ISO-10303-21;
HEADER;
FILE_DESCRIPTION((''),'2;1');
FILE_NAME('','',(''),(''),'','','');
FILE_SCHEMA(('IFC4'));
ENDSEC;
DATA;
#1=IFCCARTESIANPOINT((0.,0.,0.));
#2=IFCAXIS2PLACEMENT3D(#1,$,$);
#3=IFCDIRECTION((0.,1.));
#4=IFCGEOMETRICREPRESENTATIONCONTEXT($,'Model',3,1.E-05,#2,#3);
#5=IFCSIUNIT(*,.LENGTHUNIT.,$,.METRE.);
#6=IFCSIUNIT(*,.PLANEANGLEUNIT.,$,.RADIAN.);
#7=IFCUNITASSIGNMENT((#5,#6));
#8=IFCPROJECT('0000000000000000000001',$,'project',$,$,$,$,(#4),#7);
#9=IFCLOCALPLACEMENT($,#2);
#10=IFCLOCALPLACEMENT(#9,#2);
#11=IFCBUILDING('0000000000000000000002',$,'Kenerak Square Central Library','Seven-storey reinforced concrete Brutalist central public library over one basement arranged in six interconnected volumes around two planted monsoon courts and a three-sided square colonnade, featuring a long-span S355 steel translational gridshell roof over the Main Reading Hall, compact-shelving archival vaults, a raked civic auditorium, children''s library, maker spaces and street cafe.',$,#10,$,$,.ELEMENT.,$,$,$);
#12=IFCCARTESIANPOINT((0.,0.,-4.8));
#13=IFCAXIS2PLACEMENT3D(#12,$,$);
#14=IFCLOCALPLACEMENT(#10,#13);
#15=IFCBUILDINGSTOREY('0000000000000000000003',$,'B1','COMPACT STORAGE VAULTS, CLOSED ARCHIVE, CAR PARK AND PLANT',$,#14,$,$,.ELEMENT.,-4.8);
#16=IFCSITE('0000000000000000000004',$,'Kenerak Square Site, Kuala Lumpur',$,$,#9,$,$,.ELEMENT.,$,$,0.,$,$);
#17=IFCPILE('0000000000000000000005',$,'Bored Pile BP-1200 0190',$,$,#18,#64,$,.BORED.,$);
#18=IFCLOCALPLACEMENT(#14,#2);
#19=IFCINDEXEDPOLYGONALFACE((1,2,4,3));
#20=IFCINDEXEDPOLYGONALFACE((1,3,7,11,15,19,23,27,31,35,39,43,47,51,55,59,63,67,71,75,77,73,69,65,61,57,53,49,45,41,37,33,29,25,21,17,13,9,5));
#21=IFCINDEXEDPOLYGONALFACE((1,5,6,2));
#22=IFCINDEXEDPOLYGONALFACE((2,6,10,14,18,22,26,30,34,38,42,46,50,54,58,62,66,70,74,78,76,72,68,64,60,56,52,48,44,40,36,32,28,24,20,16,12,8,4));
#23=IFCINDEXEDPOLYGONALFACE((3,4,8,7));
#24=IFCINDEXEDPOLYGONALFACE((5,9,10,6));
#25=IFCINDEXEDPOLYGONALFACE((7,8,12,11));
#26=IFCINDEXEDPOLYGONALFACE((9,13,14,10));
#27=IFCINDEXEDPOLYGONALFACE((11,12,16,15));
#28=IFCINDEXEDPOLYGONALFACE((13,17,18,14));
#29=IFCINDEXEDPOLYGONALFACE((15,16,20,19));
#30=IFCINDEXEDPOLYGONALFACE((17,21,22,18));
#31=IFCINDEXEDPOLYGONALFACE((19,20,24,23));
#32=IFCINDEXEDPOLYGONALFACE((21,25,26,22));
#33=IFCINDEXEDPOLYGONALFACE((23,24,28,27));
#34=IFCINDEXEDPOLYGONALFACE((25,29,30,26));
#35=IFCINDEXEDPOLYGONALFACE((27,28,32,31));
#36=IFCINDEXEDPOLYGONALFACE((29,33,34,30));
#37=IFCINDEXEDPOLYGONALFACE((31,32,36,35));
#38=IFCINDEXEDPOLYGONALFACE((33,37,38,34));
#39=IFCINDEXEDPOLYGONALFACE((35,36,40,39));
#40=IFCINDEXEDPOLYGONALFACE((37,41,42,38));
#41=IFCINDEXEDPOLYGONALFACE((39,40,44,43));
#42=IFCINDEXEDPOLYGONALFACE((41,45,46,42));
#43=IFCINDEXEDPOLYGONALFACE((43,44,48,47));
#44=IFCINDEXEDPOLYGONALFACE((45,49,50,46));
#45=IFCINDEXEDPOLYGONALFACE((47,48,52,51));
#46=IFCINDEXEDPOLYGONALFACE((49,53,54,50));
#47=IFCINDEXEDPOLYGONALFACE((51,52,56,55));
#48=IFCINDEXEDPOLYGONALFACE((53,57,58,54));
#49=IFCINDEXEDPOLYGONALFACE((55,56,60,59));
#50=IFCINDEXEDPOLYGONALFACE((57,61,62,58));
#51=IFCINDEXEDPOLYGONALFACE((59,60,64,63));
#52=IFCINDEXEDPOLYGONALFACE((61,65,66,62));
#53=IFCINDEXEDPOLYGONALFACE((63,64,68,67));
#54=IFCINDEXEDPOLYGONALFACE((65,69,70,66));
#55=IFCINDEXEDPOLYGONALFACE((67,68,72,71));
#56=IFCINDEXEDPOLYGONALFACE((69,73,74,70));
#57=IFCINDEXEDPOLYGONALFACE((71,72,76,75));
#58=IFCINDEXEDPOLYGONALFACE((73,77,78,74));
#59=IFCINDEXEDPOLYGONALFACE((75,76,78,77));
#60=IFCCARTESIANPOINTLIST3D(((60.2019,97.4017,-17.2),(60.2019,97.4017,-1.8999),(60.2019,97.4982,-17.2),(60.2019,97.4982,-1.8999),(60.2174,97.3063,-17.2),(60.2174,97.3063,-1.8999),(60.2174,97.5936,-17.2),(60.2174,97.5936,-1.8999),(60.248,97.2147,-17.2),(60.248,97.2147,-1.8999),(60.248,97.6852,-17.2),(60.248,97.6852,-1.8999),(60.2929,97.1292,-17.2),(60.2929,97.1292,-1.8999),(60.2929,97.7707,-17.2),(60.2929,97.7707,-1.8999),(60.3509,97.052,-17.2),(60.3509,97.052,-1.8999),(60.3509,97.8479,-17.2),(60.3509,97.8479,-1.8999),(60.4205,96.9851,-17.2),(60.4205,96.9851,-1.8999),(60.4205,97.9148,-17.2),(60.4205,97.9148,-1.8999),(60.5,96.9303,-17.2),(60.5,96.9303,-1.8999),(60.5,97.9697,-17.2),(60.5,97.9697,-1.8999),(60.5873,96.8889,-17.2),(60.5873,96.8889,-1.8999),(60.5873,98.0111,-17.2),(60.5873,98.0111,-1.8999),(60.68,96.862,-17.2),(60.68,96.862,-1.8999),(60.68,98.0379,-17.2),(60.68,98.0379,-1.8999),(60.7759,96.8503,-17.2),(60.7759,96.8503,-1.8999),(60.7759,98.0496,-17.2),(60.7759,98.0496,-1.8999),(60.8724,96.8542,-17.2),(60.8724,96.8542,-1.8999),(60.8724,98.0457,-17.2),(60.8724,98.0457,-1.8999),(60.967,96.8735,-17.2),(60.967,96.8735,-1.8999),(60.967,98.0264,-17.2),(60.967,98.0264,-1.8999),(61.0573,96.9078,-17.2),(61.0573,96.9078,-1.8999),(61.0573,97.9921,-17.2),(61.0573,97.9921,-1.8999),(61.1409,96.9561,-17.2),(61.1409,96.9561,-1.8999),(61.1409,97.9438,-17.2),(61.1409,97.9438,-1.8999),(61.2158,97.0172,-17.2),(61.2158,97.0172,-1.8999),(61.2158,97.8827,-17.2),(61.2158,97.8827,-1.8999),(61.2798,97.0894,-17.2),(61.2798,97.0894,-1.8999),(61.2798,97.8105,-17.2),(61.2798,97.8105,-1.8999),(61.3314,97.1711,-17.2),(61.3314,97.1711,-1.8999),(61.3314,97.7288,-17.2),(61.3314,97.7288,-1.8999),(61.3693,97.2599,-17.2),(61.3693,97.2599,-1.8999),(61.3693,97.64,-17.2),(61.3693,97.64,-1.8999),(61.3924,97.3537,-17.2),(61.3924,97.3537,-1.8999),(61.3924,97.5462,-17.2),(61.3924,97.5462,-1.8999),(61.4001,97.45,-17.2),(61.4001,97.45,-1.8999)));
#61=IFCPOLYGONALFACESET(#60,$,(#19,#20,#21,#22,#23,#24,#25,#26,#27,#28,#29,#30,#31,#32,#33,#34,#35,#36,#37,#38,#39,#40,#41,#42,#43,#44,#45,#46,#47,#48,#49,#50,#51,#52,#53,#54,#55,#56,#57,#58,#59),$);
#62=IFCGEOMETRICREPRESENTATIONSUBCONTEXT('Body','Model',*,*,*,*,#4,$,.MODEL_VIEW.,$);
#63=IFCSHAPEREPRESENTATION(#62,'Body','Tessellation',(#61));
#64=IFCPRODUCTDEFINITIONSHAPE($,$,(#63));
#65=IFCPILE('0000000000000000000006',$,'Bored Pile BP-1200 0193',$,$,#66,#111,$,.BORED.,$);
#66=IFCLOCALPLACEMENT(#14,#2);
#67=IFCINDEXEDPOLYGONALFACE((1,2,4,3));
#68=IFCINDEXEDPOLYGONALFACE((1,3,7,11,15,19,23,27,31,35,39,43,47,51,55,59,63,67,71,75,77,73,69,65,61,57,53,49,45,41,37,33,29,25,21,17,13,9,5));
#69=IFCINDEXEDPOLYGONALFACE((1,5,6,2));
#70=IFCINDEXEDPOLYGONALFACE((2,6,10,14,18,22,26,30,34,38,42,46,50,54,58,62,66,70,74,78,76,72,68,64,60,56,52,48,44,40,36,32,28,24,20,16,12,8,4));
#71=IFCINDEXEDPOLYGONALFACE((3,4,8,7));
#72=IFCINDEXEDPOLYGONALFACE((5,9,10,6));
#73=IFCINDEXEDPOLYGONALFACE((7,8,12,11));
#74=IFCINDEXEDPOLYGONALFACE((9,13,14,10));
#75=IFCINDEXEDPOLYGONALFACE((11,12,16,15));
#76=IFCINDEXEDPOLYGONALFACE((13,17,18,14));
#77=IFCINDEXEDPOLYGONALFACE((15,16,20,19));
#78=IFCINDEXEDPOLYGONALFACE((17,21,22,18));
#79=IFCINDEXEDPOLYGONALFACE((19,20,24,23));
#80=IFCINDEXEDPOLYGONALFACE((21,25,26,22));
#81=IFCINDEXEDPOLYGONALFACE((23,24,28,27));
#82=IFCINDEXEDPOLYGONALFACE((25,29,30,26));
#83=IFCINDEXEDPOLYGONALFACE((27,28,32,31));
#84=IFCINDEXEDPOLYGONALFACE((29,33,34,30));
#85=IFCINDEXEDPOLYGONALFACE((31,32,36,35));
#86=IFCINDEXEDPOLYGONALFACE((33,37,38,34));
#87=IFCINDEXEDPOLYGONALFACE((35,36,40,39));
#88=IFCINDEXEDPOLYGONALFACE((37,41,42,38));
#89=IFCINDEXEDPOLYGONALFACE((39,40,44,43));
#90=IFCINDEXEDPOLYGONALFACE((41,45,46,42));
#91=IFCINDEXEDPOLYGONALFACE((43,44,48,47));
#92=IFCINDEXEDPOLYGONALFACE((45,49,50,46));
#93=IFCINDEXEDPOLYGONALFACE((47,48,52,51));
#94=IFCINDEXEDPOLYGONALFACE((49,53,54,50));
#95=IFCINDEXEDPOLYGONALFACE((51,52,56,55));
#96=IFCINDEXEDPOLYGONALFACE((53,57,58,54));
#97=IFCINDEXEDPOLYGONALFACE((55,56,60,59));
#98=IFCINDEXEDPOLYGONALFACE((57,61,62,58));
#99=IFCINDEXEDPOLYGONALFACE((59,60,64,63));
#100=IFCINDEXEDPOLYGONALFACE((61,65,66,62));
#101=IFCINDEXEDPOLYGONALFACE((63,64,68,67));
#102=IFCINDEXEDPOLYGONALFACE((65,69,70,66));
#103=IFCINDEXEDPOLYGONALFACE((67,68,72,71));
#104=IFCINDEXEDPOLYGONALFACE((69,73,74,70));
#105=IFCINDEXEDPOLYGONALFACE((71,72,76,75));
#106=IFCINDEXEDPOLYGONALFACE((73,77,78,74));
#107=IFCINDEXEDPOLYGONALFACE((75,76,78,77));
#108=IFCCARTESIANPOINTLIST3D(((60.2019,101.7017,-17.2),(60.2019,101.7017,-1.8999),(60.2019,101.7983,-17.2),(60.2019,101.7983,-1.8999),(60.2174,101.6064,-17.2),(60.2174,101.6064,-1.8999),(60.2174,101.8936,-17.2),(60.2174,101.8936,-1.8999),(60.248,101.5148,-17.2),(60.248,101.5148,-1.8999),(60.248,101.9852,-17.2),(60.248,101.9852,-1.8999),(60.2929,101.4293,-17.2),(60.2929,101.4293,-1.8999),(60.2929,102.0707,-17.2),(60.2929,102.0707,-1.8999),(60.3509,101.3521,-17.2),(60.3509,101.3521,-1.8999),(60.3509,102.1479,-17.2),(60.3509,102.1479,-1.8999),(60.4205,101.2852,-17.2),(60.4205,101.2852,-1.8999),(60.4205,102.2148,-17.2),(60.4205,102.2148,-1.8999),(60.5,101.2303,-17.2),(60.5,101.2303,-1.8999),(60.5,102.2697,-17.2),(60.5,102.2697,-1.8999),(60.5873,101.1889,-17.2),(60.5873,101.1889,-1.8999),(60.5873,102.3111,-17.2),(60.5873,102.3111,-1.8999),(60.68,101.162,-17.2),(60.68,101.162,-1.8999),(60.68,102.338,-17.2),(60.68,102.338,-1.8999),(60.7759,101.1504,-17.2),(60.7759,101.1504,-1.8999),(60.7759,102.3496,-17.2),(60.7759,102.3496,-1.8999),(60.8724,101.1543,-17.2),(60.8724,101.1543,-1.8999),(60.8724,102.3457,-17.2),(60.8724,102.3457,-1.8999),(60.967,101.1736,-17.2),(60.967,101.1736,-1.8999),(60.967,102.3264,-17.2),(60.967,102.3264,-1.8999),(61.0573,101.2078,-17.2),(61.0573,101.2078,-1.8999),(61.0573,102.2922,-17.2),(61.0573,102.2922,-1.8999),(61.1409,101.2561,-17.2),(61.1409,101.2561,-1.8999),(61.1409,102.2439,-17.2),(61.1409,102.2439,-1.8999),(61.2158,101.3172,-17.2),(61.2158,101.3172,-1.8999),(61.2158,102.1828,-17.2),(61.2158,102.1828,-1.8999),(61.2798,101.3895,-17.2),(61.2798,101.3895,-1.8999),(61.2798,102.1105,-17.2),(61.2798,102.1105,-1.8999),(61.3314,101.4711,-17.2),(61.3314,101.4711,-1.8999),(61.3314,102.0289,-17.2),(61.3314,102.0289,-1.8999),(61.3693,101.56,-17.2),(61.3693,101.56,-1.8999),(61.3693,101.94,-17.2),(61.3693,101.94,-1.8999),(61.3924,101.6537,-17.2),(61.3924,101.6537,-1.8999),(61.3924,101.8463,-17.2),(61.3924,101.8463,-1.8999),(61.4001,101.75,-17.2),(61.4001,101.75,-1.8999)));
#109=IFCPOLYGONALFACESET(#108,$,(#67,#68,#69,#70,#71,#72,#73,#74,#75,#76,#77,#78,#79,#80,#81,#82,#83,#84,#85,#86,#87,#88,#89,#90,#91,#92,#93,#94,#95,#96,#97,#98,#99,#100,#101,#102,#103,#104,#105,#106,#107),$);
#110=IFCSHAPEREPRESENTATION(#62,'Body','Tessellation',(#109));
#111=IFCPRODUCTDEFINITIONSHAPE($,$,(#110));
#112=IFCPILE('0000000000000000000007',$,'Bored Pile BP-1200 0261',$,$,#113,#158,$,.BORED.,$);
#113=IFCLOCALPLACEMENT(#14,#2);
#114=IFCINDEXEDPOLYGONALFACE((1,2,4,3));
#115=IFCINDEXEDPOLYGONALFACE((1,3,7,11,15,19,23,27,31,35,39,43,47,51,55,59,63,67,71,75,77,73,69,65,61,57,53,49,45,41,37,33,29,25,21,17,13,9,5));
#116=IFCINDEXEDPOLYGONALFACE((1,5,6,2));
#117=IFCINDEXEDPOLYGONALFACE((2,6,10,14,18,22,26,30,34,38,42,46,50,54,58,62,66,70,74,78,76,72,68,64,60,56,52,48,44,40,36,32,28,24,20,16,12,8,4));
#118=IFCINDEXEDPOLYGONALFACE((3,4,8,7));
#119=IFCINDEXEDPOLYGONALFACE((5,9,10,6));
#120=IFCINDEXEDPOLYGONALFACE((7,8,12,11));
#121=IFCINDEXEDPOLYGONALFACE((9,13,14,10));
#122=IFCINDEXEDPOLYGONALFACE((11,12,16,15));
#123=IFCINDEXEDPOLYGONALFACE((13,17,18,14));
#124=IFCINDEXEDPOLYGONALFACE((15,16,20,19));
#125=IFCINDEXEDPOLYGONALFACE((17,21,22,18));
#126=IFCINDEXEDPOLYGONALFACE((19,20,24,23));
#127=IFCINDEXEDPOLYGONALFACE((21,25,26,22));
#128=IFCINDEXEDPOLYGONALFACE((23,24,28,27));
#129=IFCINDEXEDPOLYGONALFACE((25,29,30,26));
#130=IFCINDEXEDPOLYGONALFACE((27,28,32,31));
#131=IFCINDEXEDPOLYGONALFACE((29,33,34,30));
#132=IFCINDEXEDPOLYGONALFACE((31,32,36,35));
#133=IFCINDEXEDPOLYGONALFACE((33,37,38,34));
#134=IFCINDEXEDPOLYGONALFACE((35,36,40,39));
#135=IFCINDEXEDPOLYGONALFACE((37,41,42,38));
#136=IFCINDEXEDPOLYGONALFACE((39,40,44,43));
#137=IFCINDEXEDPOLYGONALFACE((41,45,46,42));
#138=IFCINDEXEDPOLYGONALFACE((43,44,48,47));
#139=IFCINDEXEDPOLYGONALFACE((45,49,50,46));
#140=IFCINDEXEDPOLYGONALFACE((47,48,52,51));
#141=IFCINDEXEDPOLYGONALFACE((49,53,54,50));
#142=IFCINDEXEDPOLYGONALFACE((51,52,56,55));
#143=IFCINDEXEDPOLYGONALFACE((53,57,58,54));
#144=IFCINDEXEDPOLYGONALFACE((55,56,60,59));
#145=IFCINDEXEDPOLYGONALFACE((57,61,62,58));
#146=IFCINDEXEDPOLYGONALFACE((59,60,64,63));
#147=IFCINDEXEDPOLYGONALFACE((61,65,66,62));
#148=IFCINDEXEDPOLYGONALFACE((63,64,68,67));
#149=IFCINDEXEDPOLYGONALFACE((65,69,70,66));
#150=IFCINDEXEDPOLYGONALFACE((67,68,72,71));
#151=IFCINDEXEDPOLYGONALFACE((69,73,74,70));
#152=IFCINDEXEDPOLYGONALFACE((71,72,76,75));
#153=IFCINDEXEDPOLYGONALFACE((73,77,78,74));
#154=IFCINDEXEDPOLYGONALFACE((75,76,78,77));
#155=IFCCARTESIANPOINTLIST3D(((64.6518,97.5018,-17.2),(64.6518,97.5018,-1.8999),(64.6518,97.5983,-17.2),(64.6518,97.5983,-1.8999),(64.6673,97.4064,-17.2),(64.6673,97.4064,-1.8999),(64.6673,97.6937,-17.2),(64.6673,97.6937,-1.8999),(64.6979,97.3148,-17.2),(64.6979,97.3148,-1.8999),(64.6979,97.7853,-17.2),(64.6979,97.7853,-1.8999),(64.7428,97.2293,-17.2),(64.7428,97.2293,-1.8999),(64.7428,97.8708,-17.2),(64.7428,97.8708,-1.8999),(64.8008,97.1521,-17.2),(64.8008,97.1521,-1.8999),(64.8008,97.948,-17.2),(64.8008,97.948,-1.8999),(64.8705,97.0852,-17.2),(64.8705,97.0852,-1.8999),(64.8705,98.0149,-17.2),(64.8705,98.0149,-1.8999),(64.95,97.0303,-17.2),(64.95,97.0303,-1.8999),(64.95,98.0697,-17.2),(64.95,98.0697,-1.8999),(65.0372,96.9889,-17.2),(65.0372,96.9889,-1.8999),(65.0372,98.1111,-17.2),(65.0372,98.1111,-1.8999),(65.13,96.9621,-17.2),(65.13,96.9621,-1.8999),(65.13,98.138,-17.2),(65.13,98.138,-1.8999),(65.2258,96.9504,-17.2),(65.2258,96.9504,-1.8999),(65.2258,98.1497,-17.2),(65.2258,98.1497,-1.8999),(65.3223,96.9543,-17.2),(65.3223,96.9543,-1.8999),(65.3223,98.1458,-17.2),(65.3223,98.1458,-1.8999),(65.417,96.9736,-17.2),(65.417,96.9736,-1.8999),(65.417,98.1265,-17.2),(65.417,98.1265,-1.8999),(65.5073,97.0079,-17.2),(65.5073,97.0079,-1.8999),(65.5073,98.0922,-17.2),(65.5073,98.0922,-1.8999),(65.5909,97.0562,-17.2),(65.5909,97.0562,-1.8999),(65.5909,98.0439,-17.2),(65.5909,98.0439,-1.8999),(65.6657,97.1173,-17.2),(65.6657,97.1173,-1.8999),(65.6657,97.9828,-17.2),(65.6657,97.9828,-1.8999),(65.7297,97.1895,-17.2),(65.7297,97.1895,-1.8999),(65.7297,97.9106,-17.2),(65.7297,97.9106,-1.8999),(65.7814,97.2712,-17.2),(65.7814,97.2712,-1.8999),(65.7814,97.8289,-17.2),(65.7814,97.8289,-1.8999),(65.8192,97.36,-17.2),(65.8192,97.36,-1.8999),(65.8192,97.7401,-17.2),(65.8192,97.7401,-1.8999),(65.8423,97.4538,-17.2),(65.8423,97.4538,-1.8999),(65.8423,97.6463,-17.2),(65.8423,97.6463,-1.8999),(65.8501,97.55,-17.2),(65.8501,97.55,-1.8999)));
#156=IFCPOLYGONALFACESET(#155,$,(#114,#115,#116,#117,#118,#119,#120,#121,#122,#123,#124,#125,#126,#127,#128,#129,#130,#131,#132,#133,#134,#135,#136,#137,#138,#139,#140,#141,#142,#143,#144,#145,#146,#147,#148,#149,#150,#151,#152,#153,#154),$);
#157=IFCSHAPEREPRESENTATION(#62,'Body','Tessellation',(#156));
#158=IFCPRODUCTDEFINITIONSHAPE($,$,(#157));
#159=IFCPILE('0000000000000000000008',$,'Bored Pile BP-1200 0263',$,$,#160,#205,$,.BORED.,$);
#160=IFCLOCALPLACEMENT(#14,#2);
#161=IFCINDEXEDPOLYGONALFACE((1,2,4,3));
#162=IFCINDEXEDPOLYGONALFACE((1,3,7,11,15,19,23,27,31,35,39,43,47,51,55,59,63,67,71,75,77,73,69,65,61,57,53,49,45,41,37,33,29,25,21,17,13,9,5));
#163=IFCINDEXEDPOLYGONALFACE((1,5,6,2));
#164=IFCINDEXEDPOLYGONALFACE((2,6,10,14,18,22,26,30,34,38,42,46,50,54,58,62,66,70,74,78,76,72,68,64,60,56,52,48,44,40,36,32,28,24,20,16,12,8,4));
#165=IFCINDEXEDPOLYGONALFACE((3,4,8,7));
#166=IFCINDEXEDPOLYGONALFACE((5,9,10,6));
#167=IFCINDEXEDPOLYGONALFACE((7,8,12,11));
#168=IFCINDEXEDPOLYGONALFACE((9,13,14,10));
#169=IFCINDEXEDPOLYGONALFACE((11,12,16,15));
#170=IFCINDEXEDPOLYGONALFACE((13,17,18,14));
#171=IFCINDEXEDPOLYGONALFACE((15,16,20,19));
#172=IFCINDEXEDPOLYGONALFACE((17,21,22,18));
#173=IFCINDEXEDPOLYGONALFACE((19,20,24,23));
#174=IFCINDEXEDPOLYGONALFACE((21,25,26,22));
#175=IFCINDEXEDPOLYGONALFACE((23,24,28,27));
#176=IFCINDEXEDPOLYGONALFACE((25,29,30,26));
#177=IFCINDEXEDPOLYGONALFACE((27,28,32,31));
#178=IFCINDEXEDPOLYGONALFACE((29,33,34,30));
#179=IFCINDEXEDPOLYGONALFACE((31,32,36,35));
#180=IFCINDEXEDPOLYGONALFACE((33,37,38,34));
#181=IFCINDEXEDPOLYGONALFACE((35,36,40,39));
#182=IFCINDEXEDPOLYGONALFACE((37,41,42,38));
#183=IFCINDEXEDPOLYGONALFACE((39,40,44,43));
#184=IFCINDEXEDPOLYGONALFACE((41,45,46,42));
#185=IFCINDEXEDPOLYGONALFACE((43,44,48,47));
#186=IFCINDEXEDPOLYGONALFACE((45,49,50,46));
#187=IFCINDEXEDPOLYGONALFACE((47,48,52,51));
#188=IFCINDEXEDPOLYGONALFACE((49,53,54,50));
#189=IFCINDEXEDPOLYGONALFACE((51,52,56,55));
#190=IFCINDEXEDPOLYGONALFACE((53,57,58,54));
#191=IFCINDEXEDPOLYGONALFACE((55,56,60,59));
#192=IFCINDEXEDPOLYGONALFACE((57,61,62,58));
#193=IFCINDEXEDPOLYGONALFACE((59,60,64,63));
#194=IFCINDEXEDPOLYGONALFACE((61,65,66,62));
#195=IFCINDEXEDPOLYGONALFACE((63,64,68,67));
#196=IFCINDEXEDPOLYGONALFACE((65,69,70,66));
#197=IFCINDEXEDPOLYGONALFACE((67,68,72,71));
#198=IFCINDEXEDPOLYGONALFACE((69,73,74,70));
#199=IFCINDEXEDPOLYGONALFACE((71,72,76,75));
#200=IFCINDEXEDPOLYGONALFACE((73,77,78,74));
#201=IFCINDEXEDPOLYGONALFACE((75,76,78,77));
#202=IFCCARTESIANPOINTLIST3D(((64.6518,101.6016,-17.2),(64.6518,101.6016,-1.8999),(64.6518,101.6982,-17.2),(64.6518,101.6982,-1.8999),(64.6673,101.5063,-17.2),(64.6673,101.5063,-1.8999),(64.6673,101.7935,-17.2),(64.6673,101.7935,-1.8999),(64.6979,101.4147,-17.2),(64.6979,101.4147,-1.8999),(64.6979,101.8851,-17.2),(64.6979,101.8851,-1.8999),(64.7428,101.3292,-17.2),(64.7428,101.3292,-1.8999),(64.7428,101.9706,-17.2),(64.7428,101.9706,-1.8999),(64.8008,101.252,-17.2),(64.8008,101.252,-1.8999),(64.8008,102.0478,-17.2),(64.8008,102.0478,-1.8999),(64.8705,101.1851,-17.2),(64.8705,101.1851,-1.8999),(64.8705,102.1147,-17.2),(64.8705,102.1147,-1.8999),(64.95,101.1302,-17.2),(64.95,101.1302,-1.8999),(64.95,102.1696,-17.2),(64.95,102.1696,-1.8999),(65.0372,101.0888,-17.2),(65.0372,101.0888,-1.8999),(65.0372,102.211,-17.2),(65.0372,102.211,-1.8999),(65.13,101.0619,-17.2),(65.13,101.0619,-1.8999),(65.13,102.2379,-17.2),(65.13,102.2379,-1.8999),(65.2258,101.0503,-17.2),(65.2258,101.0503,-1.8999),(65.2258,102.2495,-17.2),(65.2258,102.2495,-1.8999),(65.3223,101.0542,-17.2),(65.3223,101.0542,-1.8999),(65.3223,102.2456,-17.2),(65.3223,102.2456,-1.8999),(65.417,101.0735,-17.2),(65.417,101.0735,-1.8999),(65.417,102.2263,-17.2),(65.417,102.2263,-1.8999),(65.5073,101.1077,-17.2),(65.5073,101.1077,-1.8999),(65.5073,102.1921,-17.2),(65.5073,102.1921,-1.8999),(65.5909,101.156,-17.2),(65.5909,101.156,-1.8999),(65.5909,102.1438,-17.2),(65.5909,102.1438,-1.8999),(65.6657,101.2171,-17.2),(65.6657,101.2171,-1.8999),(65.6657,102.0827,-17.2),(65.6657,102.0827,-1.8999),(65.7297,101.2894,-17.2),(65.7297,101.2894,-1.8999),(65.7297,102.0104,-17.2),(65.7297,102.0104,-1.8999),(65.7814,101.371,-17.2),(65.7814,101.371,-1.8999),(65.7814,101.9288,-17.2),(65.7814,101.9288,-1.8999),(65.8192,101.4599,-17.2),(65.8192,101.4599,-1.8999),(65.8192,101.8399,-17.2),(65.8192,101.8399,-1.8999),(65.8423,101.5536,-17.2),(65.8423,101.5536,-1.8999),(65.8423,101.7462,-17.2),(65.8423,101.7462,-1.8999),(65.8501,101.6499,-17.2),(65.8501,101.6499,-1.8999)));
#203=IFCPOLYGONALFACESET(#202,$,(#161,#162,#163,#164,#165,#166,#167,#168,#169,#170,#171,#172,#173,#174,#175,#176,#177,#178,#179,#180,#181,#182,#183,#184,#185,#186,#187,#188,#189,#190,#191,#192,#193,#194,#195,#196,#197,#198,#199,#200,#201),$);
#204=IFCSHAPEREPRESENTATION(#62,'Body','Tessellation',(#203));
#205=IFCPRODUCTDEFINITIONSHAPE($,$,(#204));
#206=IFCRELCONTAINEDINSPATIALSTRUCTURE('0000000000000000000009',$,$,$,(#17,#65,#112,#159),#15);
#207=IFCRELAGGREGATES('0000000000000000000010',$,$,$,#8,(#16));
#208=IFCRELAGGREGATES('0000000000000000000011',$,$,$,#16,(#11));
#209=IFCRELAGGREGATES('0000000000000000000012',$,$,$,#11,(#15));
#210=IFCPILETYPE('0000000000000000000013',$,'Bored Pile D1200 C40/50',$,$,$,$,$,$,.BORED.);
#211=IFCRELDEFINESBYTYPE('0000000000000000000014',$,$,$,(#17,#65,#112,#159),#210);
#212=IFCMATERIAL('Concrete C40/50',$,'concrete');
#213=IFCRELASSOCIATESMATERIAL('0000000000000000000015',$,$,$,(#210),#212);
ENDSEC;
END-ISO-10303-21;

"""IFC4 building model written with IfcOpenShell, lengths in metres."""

from ifc_helpers import new_model, si_unit, direction, frame, origin, origin_2d, place, context, subcontext, project, spatial, circle, extrude, material, material_profile, profile_set, type_object, element, save


model = new_model("IFC4")

# Units and contexts
model_context = context("Model", 3, precision=1e-05, world=origin(), true_north=direction((0.0, 1.0)))
body_context = subcontext(model_context, "Body", "Model", "MODEL_VIEW")
ifc_project = project(units=[si_unit("LENGTHUNIT", "METRE"), si_unit("PLANEANGLEUNIT", "RADIAN")], contexts=[model_context])

# Site, building, storey
site_placement = place(None, origin())
site = spatial("IfcSite", under=ifc_project, at=site_placement, Name="Kenerak Square Site, Kuala Lumpur", CompositionType="ELEMENT", RefElevation=0.0)
building_placement = place(site_placement, origin())
building = spatial("IfcBuilding", under=site, at=building_placement, Name="Kenerak Square Central Library", Description="Seven-storey reinforced concrete Brutalist central public library over one basement arranged in six interconnected volumes around two planted monsoon courts and a three-sided square colonnade, featuring a long-span S355 steel translational gridshell roof over the Main Reading Hall, compact-shelving archival vaults, a raked civic auditorium, children's library, maker spaces and street cafe.", CompositionType="ELEMENT")
storey_placement = place(building_placement, frame((0.0, 0.0, -4.8)))
storey = spatial("IfcBuildingStorey", under=building, at=storey_placement, Name="B1", Description="COMPACT STORAGE VAULTS, CLOSED ARCHIVE, CAR PARK AND PLANT", CompositionType="ELEMENT", Elevation=-4.8)

# Piles
ifc_material_1 = material(Name="Concrete C40/50", Category="concrete")
ifc_material_profile_1 = material_profile(ifc_material_1, circle(Radius=0.6001, at=origin_2d()), Name="BP D1200")
ifc_profile_set_1 = profile_set([ifc_material_profile_1], Name="Concrete C40/50")
pile_type = type_object("IfcPileType", Name="Bored Pile D1200 C40/50", PredefinedType="BORED", material=ifc_profile_set_1)
for number, where, z_axis, x_axis, name in (
    (1, (60.8, 97.45, -1.8999), (0.0, 0.0, -1.0), (1.0, 0.0, 0.0), "Bored Pile BP-1200 0190"),
    (2, (60.8, 101.75, -1.8999), (0.0, 0.0, -1.0), (1.0, 0.0, 0.0), "Bored Pile BP-1200 0193"),
    (3, (65.25, 97.55, -1.8999), (0.0, 0.0, -1.0), (1.0, 0.0, 0.0), "Bored Pile BP-1200 0261"),
    (4, (65.25, 101.6499, -1.8999), (0.0, 0.0, -1.0), (1.0, 0.0, 0.0), "Bored Pile BP-1200 0263"),
):
    element("IfcPile", number, at=place(storey_placement, frame(where, z_axis=z_axis, x_axis=x_axis)), inside=storey, type_object=pile_type, Name=name, PredefinedType="BORED", context=body_context, shape_type="SweptSolid", body=[
        extrude(circle(Radius=0.6001, at=origin_2d()), origin(), (0.0, 0.0, 1.0), 15.3),
    ])

save(model, "model.ifc")
